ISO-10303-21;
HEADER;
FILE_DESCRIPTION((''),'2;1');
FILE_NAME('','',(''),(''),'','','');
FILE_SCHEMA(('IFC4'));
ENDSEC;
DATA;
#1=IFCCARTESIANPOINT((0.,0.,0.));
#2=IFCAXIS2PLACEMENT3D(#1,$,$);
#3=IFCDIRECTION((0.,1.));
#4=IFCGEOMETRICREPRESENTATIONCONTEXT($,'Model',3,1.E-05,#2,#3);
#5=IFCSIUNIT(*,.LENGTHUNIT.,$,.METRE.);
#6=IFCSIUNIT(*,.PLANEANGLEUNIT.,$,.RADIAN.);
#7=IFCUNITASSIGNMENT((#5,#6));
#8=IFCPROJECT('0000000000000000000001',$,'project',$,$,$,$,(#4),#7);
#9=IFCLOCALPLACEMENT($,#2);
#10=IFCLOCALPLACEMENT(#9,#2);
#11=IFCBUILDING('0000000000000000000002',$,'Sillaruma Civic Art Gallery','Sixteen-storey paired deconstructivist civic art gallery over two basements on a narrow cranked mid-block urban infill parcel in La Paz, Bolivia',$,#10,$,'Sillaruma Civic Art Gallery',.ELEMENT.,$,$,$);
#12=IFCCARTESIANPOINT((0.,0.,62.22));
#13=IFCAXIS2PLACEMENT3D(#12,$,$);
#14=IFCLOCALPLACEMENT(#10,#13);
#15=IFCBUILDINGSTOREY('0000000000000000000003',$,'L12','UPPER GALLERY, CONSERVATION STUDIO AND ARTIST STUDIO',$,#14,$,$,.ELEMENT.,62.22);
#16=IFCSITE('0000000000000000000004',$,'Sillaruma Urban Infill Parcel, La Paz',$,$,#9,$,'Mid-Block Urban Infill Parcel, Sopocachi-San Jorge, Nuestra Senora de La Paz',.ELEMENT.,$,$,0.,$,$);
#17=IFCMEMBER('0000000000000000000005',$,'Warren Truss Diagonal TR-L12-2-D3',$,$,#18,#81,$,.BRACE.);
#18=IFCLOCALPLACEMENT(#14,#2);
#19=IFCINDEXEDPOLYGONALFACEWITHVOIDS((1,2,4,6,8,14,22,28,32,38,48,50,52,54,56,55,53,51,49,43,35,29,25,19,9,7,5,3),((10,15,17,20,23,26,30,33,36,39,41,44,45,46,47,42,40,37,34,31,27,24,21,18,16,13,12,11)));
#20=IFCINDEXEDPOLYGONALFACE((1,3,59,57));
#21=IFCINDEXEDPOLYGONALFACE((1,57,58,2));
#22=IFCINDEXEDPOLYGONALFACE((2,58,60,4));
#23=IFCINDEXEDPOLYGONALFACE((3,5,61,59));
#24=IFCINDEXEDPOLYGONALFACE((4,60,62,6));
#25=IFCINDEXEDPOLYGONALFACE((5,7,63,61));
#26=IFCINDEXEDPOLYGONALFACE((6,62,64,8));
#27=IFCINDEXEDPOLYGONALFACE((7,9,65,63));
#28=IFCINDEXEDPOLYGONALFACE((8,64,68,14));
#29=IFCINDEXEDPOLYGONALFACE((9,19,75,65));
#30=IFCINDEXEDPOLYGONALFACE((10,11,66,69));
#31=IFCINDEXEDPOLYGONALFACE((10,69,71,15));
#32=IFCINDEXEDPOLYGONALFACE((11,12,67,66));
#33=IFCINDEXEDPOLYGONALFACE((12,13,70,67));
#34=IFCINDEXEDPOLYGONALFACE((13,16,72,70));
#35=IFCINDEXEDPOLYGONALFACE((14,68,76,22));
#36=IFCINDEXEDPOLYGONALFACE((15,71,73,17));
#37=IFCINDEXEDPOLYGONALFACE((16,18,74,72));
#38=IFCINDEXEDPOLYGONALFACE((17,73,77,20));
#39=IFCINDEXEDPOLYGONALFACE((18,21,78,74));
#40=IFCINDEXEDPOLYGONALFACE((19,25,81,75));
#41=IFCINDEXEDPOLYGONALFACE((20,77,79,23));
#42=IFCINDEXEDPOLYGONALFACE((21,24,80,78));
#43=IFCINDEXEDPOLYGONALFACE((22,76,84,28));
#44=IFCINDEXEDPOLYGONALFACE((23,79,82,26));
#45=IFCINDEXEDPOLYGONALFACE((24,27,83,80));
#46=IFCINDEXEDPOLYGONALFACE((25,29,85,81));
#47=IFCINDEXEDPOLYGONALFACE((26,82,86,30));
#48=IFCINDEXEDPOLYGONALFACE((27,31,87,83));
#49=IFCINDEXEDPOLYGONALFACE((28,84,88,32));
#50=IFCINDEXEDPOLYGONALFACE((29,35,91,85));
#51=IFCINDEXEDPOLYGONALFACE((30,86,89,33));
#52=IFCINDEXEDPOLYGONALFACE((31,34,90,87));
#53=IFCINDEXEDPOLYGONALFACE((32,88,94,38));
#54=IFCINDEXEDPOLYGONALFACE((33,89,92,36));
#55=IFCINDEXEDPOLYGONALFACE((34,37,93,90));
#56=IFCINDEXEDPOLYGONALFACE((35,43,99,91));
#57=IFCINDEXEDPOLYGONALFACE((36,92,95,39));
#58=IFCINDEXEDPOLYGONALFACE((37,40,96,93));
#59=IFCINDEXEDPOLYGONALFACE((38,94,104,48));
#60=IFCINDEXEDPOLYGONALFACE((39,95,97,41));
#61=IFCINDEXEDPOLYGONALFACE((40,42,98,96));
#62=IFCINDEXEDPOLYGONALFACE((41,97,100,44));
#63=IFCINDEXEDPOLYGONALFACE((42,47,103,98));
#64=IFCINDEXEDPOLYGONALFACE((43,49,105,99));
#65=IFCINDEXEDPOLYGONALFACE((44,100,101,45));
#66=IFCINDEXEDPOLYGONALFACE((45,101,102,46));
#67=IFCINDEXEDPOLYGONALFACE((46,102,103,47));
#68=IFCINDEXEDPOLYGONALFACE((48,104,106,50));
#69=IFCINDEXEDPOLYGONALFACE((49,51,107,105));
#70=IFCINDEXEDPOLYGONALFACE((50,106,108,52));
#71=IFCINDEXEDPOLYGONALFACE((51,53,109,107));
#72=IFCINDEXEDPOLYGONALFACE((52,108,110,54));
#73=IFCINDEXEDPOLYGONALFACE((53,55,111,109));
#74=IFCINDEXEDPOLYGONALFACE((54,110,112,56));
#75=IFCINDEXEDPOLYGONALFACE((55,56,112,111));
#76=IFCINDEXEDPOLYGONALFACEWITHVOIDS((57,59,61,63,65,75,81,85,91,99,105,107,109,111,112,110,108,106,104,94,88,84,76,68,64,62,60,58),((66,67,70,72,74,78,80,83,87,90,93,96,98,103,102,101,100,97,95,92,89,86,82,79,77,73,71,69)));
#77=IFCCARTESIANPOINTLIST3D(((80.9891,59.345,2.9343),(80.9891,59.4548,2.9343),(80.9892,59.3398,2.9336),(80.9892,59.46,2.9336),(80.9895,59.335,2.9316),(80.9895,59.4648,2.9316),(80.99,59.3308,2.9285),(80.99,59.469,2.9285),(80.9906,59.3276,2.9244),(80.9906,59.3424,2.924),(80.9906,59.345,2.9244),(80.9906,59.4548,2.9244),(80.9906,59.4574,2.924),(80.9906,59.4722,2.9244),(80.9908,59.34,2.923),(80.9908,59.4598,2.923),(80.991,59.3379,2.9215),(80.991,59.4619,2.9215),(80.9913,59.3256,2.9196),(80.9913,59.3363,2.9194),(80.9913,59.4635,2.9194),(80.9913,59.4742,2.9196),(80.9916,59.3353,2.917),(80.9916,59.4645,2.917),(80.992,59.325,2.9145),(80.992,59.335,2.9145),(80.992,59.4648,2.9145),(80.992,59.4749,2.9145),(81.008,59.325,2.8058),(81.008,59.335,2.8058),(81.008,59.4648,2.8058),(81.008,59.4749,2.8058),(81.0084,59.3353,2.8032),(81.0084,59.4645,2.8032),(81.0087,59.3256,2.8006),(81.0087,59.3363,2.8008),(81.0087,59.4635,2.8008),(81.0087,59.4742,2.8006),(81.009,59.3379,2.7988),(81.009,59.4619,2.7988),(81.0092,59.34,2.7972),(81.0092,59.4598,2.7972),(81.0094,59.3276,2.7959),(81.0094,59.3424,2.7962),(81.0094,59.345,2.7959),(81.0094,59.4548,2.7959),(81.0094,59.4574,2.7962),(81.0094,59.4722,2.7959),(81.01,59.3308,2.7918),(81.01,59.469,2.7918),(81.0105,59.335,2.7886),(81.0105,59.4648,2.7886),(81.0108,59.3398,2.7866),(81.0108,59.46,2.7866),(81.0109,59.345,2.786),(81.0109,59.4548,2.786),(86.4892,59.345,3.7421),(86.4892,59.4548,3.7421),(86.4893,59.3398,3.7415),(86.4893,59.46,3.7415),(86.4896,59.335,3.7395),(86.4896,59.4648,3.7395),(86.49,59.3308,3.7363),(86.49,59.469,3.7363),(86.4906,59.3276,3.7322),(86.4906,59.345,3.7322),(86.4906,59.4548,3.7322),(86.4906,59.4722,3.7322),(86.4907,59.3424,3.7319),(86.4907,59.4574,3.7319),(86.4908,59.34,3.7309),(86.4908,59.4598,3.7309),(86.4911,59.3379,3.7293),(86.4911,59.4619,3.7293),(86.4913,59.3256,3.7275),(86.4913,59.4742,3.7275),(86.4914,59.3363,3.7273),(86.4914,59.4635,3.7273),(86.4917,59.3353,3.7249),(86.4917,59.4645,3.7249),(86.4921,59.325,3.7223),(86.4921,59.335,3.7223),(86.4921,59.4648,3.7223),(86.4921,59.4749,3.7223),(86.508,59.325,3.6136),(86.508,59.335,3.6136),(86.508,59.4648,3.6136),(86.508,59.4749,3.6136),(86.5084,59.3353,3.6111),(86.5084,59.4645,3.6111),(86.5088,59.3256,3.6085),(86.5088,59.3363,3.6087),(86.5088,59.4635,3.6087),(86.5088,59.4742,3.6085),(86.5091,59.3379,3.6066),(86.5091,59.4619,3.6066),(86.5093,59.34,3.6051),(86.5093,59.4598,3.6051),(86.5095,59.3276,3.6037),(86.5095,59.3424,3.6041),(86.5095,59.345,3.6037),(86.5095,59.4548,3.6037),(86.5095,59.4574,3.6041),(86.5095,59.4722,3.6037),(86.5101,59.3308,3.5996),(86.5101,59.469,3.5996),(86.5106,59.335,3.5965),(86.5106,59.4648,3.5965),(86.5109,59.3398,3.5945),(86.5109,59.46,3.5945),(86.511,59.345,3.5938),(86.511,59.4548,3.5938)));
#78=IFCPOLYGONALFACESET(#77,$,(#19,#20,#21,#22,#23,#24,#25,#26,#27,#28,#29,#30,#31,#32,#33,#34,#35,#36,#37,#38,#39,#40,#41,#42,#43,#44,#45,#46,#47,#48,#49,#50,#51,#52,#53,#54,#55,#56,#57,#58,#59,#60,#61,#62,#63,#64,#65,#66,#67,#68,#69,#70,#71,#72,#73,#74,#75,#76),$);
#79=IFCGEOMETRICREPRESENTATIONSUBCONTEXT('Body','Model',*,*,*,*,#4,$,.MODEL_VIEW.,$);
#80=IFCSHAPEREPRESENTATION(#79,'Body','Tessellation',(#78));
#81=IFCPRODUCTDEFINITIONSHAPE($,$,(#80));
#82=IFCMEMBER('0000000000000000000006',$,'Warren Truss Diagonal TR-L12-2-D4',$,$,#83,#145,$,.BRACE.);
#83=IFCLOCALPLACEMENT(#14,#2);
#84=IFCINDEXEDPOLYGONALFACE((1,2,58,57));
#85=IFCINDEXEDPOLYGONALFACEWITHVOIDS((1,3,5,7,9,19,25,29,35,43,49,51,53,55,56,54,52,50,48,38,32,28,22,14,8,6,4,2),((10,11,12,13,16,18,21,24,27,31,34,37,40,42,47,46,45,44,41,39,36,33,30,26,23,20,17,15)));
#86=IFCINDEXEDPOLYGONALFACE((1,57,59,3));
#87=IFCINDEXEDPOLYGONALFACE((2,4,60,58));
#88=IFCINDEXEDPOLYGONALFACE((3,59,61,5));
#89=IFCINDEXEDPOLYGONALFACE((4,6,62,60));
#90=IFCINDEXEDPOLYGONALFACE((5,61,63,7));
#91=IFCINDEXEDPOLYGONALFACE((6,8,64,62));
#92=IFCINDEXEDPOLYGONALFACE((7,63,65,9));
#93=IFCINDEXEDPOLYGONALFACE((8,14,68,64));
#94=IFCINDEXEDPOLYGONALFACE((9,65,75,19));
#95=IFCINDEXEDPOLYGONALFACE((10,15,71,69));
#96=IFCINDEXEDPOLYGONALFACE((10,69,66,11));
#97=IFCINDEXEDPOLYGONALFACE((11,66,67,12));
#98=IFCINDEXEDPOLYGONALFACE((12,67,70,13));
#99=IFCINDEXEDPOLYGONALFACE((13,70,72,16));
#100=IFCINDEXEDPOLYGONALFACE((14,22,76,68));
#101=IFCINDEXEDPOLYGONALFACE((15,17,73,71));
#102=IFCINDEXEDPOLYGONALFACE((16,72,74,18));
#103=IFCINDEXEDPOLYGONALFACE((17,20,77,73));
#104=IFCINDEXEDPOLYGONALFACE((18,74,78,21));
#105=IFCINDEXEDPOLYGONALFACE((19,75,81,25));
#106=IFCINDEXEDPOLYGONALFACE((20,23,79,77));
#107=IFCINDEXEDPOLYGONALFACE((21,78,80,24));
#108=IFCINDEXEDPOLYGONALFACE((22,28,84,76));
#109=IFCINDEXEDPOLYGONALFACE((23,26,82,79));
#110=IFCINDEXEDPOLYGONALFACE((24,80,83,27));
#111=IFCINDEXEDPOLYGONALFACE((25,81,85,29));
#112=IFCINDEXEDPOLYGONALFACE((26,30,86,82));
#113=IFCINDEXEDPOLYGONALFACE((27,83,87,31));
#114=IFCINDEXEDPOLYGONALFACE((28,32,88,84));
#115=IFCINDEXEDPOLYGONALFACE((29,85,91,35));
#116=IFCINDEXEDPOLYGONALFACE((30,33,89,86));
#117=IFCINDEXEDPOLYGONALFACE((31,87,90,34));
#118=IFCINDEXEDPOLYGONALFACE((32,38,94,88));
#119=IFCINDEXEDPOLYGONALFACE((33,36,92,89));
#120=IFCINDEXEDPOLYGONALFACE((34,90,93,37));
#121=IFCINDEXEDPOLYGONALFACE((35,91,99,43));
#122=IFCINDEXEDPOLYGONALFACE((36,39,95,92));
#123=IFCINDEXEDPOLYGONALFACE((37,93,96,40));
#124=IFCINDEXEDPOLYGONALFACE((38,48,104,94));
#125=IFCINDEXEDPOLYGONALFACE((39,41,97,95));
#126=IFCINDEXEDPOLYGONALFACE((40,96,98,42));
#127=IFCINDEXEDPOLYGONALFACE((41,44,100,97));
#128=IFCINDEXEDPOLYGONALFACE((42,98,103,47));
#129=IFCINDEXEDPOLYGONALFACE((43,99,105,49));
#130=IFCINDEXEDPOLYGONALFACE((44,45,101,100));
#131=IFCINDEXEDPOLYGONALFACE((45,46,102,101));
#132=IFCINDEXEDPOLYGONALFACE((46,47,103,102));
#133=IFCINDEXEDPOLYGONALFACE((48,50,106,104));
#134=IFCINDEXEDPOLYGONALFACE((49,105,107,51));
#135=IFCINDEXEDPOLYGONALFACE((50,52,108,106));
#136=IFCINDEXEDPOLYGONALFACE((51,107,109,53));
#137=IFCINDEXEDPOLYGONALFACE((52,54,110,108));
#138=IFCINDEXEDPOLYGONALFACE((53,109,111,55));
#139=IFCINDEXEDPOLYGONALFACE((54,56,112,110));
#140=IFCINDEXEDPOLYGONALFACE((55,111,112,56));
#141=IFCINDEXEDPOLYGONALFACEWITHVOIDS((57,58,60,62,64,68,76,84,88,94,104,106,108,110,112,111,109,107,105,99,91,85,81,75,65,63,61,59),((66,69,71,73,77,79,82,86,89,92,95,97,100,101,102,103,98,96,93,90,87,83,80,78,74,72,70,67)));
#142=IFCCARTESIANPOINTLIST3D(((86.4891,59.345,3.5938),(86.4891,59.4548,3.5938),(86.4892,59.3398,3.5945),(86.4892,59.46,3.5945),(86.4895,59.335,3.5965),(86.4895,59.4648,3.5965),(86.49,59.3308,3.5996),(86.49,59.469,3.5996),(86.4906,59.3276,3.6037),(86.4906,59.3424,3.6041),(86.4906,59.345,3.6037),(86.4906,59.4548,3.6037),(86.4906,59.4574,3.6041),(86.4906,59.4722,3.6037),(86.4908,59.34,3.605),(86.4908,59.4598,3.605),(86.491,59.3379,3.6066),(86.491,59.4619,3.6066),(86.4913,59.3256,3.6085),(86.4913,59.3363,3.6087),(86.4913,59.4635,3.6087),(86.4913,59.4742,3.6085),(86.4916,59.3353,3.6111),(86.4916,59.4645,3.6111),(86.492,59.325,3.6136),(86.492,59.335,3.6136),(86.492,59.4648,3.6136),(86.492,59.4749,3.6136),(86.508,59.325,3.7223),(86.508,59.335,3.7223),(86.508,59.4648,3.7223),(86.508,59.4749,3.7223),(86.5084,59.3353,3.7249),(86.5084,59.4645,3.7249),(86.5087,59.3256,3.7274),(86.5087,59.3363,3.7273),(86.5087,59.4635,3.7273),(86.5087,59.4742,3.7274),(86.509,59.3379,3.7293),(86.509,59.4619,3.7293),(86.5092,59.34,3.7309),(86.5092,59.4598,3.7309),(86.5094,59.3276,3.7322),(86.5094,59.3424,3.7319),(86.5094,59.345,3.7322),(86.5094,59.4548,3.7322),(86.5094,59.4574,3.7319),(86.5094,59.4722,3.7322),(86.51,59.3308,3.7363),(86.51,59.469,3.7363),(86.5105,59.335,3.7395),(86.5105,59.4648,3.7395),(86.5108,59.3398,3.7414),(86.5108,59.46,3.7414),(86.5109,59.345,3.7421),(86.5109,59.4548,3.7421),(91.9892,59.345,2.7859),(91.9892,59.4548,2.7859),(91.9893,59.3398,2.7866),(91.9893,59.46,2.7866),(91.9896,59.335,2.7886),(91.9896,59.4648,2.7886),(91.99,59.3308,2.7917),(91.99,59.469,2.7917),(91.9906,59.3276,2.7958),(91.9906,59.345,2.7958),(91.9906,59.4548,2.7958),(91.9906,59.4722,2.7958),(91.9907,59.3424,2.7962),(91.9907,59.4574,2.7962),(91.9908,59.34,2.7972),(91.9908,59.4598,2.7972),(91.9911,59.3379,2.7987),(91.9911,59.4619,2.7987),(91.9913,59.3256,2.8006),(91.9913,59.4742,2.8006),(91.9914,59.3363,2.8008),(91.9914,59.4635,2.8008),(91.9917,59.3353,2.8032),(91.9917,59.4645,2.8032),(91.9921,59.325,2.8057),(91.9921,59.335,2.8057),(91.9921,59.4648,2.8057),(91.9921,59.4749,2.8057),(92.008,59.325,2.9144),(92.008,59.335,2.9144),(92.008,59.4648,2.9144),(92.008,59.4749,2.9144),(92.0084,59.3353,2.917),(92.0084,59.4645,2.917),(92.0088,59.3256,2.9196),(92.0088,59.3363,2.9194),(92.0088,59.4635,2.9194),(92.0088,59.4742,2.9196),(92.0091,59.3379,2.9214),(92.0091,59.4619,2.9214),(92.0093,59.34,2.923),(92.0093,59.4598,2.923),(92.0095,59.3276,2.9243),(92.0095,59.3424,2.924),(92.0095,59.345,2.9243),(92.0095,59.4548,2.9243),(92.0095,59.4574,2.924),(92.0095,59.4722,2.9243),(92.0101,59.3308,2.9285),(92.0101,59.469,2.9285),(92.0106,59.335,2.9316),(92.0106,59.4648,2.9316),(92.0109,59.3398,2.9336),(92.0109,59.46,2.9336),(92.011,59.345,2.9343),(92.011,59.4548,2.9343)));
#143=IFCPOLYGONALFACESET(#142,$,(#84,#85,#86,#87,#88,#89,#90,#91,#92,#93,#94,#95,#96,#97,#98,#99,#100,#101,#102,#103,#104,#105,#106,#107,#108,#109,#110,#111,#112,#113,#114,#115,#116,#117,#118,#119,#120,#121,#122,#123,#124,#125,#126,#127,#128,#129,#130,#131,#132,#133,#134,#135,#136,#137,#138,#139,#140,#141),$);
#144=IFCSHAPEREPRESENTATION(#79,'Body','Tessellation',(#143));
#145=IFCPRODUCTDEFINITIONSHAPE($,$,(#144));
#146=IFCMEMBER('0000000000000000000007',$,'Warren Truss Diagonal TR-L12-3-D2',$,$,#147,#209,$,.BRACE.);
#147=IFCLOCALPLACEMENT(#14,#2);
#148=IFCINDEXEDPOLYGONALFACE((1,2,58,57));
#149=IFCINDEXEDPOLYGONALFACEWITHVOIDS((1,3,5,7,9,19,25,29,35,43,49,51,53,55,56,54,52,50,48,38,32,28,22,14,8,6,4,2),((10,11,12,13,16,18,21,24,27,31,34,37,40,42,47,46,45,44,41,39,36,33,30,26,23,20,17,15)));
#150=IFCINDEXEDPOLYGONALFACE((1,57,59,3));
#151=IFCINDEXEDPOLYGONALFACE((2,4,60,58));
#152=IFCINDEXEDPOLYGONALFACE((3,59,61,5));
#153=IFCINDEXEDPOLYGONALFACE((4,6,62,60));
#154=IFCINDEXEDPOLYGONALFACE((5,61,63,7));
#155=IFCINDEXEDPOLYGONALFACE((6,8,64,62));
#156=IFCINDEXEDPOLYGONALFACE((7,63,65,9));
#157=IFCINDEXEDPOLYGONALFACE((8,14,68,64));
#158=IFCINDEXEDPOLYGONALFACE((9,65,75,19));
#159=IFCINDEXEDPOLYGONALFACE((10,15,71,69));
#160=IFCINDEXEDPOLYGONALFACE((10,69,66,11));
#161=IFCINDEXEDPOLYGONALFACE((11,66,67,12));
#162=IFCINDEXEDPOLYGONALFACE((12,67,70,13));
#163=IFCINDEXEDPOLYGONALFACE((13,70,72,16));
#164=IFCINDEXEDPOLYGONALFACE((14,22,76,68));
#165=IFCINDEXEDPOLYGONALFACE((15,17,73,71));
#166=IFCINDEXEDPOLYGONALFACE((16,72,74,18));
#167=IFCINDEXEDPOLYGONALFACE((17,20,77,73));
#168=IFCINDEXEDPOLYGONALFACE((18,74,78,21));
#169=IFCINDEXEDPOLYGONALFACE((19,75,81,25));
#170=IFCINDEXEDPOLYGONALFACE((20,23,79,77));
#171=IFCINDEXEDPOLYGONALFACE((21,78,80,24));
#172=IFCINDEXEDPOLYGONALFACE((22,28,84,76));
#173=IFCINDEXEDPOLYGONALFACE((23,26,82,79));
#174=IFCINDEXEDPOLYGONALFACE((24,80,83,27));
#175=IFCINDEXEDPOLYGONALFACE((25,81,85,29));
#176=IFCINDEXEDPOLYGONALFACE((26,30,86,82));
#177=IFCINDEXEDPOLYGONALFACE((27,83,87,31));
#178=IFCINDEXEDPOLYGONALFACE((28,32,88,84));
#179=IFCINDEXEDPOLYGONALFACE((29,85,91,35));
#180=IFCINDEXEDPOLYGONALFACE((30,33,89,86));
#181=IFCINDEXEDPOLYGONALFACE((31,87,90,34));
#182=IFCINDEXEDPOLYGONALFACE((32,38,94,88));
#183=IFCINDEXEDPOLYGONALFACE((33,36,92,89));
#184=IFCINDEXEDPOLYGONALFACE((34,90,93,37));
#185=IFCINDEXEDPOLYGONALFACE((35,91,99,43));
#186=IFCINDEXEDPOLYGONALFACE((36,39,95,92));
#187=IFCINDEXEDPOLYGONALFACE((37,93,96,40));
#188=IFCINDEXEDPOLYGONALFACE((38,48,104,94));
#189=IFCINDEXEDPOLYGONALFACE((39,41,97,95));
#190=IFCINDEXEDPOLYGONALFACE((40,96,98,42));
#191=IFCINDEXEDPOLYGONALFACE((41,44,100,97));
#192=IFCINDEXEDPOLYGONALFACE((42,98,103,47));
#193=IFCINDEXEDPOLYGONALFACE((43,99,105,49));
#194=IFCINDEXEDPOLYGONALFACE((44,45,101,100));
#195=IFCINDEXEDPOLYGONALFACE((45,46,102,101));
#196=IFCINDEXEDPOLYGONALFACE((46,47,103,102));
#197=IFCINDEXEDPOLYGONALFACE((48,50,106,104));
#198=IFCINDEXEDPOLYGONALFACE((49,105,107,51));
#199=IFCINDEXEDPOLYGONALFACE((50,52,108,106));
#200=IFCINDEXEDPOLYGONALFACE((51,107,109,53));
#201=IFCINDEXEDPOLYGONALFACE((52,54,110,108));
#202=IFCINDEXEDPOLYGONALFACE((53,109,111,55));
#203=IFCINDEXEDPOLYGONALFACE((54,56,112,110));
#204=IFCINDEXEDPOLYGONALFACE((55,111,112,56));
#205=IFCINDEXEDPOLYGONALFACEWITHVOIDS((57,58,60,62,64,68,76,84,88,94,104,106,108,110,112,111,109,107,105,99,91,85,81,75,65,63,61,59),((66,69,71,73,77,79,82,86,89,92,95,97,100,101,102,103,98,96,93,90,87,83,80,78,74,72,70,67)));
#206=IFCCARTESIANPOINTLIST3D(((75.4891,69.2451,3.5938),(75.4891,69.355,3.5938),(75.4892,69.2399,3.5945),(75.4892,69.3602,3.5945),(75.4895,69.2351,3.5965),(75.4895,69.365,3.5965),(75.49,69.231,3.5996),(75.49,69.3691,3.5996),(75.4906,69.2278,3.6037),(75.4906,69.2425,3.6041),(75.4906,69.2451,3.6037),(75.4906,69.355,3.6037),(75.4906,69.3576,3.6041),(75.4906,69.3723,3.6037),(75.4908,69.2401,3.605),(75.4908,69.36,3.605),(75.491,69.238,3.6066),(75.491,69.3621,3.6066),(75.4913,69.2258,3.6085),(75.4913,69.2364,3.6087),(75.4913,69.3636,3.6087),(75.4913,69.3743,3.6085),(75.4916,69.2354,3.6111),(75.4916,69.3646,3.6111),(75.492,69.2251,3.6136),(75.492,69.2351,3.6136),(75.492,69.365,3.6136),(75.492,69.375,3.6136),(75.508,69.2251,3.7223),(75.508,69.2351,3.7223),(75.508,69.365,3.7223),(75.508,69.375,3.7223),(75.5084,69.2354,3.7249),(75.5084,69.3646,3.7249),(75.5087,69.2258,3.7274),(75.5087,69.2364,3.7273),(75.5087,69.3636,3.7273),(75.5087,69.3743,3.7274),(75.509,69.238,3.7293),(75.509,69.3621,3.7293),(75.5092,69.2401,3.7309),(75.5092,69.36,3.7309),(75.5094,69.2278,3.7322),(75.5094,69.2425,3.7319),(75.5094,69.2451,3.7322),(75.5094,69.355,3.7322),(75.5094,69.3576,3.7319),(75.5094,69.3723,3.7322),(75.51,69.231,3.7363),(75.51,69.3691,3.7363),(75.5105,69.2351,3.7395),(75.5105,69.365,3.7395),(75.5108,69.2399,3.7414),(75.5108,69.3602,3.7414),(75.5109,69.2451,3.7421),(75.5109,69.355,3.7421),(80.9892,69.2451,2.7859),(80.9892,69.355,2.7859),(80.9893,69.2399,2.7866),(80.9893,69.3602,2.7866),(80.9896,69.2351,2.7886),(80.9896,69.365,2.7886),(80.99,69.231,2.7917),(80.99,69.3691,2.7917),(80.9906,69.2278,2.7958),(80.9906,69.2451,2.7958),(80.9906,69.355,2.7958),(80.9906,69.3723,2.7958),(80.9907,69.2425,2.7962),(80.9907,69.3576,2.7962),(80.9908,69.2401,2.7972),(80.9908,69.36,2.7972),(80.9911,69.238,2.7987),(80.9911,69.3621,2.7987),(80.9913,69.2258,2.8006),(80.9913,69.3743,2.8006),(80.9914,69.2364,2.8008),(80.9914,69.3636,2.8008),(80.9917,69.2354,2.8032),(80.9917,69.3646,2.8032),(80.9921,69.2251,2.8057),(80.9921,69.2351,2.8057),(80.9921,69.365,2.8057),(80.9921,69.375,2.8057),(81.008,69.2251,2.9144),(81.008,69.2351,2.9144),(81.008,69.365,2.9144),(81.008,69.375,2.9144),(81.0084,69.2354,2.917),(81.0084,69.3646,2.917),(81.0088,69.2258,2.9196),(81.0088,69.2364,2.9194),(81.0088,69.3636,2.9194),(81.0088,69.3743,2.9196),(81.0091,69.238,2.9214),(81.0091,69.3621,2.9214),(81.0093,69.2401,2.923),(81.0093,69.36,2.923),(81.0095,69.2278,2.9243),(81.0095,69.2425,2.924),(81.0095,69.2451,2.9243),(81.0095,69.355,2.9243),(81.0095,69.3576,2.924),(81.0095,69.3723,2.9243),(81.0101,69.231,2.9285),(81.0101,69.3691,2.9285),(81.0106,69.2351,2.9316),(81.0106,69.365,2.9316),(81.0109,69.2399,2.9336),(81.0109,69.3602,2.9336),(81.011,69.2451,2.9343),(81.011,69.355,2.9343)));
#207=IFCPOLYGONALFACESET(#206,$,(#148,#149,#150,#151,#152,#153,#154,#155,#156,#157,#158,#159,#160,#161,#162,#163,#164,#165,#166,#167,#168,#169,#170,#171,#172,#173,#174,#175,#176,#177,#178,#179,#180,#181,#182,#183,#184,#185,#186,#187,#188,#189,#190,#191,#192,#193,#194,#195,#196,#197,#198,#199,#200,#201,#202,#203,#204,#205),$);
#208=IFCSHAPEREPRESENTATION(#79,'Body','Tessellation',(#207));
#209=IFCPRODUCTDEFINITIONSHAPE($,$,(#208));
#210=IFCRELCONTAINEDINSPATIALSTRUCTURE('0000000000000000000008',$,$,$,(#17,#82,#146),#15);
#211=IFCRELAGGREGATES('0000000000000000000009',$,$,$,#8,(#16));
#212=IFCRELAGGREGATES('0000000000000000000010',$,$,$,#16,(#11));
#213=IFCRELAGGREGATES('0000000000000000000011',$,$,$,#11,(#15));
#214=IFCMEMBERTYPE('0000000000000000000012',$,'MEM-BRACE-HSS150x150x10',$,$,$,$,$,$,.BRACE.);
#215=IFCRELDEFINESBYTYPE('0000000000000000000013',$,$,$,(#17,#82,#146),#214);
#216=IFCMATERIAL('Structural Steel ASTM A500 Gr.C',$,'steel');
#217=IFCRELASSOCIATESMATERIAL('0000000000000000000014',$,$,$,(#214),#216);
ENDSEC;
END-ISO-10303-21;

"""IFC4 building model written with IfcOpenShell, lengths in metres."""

from ifc_helpers import new_model, si_unit, direction, frame, origin, origin_2d, place, context, subcontext, project, spatial, hollow_rectangle, extrude, material, material_profile, profile_set, type_object, element, save


model = new_model("IFC4")

# Units and contexts
model_context = context("Model", 3, precision=1e-05, world=origin(), true_north=direction((0.0, 1.0)))
body_context = subcontext(model_context, "Body", "Model", "MODEL_VIEW")
ifc_project = project(units=[si_unit("LENGTHUNIT", "METRE"), si_unit("PLANEANGLEUNIT", "RADIAN")], contexts=[model_context])

# Site, building, storey
site_placement = place(None, origin())
site = spatial("IfcSite", under=ifc_project, at=site_placement, Name="Sillaruma Urban Infill Parcel, La Paz", LongName="Mid-Block Urban Infill Parcel, Sopocachi-San Jorge, Nuestra Senora de La Paz", CompositionType="ELEMENT", RefElevation=0.0)
building_placement = place(site_placement, origin())
building = spatial("IfcBuilding", under=site, at=building_placement, Name="Sillaruma Civic Art Gallery", Description="Sixteen-storey paired deconstructivist civic art gallery over two basements on a narrow cranked mid-block urban infill parcel in La Paz, Bolivia", LongName="Sillaruma Civic Art Gallery", CompositionType="ELEMENT")
storey_placement = place(building_placement, frame((0.0, 0.0, 62.22)))
storey = spatial("IfcBuildingStorey", under=building, at=storey_placement, Name="L12", Description="UPPER GALLERY, CONSERVATION STUDIO AND ARTIST STUDIO", CompositionType="ELEMENT", Elevation=62.22)

# Members
ifc_material_1 = material(Name="Structural Steel ASTM A500 Gr.C", Category="steel")
ifc_material_profile_1 = material_profile(ifc_material_1, hollow_rectangle(XDim=0.1499, YDim=0.1499, WallThickness=0.01, InnerFilletRadius=0.01, OuterFilletRadius=0.02, at=origin_2d()), Name="HSS150x150x10")
ifc_profile_set_1 = profile_set([ifc_material_profile_1], Name="Structural Steel ASTM A500 Gr.C")
member_type_1 = type_object("IfcMemberType", Name="MEM-BRACE-HSS150x150x10", PredefinedType="BRACE", material=ifc_profile_set_1)
for number, where, z_axis, x_axis, name in (
    (1, (81.0, 59.3999, 2.8601), (0.989384, 0.0, 0.145325), (0.0, 1.0, 0.0), "Warren Truss Diagonal TR-L12-2-D3"),
    (2, (86.5, 59.3999, 3.668), (0.989384, 0.0, -0.145325), (0.0, 1.0, 0.0), "Warren Truss Diagonal TR-L12-2-D4"),
    (3, (75.5, 69.3, 3.668), (0.989384, 0.0, -0.145325), (0.0, 1.0, 0.0), "Warren Truss Diagonal TR-L12-3-D2"),
):
    element("IfcMember", number, at=place(storey_placement, frame(where, z_axis=z_axis, x_axis=x_axis)), inside=storey, type_object=member_type_1, Name=name, PredefinedType="BRACE", context=body_context, shape_type="SweptSolid", body=[
        extrude(hollow_rectangle(XDim=0.1499, YDim=0.1499, WallThickness=0.01, InnerFilletRadius=0.01, OuterFilletRadius=0.02, at=origin_2d()), origin(), (0.0, 0.0, 1.0), 5.5591),
    ])

save(model, "model.ifc")
